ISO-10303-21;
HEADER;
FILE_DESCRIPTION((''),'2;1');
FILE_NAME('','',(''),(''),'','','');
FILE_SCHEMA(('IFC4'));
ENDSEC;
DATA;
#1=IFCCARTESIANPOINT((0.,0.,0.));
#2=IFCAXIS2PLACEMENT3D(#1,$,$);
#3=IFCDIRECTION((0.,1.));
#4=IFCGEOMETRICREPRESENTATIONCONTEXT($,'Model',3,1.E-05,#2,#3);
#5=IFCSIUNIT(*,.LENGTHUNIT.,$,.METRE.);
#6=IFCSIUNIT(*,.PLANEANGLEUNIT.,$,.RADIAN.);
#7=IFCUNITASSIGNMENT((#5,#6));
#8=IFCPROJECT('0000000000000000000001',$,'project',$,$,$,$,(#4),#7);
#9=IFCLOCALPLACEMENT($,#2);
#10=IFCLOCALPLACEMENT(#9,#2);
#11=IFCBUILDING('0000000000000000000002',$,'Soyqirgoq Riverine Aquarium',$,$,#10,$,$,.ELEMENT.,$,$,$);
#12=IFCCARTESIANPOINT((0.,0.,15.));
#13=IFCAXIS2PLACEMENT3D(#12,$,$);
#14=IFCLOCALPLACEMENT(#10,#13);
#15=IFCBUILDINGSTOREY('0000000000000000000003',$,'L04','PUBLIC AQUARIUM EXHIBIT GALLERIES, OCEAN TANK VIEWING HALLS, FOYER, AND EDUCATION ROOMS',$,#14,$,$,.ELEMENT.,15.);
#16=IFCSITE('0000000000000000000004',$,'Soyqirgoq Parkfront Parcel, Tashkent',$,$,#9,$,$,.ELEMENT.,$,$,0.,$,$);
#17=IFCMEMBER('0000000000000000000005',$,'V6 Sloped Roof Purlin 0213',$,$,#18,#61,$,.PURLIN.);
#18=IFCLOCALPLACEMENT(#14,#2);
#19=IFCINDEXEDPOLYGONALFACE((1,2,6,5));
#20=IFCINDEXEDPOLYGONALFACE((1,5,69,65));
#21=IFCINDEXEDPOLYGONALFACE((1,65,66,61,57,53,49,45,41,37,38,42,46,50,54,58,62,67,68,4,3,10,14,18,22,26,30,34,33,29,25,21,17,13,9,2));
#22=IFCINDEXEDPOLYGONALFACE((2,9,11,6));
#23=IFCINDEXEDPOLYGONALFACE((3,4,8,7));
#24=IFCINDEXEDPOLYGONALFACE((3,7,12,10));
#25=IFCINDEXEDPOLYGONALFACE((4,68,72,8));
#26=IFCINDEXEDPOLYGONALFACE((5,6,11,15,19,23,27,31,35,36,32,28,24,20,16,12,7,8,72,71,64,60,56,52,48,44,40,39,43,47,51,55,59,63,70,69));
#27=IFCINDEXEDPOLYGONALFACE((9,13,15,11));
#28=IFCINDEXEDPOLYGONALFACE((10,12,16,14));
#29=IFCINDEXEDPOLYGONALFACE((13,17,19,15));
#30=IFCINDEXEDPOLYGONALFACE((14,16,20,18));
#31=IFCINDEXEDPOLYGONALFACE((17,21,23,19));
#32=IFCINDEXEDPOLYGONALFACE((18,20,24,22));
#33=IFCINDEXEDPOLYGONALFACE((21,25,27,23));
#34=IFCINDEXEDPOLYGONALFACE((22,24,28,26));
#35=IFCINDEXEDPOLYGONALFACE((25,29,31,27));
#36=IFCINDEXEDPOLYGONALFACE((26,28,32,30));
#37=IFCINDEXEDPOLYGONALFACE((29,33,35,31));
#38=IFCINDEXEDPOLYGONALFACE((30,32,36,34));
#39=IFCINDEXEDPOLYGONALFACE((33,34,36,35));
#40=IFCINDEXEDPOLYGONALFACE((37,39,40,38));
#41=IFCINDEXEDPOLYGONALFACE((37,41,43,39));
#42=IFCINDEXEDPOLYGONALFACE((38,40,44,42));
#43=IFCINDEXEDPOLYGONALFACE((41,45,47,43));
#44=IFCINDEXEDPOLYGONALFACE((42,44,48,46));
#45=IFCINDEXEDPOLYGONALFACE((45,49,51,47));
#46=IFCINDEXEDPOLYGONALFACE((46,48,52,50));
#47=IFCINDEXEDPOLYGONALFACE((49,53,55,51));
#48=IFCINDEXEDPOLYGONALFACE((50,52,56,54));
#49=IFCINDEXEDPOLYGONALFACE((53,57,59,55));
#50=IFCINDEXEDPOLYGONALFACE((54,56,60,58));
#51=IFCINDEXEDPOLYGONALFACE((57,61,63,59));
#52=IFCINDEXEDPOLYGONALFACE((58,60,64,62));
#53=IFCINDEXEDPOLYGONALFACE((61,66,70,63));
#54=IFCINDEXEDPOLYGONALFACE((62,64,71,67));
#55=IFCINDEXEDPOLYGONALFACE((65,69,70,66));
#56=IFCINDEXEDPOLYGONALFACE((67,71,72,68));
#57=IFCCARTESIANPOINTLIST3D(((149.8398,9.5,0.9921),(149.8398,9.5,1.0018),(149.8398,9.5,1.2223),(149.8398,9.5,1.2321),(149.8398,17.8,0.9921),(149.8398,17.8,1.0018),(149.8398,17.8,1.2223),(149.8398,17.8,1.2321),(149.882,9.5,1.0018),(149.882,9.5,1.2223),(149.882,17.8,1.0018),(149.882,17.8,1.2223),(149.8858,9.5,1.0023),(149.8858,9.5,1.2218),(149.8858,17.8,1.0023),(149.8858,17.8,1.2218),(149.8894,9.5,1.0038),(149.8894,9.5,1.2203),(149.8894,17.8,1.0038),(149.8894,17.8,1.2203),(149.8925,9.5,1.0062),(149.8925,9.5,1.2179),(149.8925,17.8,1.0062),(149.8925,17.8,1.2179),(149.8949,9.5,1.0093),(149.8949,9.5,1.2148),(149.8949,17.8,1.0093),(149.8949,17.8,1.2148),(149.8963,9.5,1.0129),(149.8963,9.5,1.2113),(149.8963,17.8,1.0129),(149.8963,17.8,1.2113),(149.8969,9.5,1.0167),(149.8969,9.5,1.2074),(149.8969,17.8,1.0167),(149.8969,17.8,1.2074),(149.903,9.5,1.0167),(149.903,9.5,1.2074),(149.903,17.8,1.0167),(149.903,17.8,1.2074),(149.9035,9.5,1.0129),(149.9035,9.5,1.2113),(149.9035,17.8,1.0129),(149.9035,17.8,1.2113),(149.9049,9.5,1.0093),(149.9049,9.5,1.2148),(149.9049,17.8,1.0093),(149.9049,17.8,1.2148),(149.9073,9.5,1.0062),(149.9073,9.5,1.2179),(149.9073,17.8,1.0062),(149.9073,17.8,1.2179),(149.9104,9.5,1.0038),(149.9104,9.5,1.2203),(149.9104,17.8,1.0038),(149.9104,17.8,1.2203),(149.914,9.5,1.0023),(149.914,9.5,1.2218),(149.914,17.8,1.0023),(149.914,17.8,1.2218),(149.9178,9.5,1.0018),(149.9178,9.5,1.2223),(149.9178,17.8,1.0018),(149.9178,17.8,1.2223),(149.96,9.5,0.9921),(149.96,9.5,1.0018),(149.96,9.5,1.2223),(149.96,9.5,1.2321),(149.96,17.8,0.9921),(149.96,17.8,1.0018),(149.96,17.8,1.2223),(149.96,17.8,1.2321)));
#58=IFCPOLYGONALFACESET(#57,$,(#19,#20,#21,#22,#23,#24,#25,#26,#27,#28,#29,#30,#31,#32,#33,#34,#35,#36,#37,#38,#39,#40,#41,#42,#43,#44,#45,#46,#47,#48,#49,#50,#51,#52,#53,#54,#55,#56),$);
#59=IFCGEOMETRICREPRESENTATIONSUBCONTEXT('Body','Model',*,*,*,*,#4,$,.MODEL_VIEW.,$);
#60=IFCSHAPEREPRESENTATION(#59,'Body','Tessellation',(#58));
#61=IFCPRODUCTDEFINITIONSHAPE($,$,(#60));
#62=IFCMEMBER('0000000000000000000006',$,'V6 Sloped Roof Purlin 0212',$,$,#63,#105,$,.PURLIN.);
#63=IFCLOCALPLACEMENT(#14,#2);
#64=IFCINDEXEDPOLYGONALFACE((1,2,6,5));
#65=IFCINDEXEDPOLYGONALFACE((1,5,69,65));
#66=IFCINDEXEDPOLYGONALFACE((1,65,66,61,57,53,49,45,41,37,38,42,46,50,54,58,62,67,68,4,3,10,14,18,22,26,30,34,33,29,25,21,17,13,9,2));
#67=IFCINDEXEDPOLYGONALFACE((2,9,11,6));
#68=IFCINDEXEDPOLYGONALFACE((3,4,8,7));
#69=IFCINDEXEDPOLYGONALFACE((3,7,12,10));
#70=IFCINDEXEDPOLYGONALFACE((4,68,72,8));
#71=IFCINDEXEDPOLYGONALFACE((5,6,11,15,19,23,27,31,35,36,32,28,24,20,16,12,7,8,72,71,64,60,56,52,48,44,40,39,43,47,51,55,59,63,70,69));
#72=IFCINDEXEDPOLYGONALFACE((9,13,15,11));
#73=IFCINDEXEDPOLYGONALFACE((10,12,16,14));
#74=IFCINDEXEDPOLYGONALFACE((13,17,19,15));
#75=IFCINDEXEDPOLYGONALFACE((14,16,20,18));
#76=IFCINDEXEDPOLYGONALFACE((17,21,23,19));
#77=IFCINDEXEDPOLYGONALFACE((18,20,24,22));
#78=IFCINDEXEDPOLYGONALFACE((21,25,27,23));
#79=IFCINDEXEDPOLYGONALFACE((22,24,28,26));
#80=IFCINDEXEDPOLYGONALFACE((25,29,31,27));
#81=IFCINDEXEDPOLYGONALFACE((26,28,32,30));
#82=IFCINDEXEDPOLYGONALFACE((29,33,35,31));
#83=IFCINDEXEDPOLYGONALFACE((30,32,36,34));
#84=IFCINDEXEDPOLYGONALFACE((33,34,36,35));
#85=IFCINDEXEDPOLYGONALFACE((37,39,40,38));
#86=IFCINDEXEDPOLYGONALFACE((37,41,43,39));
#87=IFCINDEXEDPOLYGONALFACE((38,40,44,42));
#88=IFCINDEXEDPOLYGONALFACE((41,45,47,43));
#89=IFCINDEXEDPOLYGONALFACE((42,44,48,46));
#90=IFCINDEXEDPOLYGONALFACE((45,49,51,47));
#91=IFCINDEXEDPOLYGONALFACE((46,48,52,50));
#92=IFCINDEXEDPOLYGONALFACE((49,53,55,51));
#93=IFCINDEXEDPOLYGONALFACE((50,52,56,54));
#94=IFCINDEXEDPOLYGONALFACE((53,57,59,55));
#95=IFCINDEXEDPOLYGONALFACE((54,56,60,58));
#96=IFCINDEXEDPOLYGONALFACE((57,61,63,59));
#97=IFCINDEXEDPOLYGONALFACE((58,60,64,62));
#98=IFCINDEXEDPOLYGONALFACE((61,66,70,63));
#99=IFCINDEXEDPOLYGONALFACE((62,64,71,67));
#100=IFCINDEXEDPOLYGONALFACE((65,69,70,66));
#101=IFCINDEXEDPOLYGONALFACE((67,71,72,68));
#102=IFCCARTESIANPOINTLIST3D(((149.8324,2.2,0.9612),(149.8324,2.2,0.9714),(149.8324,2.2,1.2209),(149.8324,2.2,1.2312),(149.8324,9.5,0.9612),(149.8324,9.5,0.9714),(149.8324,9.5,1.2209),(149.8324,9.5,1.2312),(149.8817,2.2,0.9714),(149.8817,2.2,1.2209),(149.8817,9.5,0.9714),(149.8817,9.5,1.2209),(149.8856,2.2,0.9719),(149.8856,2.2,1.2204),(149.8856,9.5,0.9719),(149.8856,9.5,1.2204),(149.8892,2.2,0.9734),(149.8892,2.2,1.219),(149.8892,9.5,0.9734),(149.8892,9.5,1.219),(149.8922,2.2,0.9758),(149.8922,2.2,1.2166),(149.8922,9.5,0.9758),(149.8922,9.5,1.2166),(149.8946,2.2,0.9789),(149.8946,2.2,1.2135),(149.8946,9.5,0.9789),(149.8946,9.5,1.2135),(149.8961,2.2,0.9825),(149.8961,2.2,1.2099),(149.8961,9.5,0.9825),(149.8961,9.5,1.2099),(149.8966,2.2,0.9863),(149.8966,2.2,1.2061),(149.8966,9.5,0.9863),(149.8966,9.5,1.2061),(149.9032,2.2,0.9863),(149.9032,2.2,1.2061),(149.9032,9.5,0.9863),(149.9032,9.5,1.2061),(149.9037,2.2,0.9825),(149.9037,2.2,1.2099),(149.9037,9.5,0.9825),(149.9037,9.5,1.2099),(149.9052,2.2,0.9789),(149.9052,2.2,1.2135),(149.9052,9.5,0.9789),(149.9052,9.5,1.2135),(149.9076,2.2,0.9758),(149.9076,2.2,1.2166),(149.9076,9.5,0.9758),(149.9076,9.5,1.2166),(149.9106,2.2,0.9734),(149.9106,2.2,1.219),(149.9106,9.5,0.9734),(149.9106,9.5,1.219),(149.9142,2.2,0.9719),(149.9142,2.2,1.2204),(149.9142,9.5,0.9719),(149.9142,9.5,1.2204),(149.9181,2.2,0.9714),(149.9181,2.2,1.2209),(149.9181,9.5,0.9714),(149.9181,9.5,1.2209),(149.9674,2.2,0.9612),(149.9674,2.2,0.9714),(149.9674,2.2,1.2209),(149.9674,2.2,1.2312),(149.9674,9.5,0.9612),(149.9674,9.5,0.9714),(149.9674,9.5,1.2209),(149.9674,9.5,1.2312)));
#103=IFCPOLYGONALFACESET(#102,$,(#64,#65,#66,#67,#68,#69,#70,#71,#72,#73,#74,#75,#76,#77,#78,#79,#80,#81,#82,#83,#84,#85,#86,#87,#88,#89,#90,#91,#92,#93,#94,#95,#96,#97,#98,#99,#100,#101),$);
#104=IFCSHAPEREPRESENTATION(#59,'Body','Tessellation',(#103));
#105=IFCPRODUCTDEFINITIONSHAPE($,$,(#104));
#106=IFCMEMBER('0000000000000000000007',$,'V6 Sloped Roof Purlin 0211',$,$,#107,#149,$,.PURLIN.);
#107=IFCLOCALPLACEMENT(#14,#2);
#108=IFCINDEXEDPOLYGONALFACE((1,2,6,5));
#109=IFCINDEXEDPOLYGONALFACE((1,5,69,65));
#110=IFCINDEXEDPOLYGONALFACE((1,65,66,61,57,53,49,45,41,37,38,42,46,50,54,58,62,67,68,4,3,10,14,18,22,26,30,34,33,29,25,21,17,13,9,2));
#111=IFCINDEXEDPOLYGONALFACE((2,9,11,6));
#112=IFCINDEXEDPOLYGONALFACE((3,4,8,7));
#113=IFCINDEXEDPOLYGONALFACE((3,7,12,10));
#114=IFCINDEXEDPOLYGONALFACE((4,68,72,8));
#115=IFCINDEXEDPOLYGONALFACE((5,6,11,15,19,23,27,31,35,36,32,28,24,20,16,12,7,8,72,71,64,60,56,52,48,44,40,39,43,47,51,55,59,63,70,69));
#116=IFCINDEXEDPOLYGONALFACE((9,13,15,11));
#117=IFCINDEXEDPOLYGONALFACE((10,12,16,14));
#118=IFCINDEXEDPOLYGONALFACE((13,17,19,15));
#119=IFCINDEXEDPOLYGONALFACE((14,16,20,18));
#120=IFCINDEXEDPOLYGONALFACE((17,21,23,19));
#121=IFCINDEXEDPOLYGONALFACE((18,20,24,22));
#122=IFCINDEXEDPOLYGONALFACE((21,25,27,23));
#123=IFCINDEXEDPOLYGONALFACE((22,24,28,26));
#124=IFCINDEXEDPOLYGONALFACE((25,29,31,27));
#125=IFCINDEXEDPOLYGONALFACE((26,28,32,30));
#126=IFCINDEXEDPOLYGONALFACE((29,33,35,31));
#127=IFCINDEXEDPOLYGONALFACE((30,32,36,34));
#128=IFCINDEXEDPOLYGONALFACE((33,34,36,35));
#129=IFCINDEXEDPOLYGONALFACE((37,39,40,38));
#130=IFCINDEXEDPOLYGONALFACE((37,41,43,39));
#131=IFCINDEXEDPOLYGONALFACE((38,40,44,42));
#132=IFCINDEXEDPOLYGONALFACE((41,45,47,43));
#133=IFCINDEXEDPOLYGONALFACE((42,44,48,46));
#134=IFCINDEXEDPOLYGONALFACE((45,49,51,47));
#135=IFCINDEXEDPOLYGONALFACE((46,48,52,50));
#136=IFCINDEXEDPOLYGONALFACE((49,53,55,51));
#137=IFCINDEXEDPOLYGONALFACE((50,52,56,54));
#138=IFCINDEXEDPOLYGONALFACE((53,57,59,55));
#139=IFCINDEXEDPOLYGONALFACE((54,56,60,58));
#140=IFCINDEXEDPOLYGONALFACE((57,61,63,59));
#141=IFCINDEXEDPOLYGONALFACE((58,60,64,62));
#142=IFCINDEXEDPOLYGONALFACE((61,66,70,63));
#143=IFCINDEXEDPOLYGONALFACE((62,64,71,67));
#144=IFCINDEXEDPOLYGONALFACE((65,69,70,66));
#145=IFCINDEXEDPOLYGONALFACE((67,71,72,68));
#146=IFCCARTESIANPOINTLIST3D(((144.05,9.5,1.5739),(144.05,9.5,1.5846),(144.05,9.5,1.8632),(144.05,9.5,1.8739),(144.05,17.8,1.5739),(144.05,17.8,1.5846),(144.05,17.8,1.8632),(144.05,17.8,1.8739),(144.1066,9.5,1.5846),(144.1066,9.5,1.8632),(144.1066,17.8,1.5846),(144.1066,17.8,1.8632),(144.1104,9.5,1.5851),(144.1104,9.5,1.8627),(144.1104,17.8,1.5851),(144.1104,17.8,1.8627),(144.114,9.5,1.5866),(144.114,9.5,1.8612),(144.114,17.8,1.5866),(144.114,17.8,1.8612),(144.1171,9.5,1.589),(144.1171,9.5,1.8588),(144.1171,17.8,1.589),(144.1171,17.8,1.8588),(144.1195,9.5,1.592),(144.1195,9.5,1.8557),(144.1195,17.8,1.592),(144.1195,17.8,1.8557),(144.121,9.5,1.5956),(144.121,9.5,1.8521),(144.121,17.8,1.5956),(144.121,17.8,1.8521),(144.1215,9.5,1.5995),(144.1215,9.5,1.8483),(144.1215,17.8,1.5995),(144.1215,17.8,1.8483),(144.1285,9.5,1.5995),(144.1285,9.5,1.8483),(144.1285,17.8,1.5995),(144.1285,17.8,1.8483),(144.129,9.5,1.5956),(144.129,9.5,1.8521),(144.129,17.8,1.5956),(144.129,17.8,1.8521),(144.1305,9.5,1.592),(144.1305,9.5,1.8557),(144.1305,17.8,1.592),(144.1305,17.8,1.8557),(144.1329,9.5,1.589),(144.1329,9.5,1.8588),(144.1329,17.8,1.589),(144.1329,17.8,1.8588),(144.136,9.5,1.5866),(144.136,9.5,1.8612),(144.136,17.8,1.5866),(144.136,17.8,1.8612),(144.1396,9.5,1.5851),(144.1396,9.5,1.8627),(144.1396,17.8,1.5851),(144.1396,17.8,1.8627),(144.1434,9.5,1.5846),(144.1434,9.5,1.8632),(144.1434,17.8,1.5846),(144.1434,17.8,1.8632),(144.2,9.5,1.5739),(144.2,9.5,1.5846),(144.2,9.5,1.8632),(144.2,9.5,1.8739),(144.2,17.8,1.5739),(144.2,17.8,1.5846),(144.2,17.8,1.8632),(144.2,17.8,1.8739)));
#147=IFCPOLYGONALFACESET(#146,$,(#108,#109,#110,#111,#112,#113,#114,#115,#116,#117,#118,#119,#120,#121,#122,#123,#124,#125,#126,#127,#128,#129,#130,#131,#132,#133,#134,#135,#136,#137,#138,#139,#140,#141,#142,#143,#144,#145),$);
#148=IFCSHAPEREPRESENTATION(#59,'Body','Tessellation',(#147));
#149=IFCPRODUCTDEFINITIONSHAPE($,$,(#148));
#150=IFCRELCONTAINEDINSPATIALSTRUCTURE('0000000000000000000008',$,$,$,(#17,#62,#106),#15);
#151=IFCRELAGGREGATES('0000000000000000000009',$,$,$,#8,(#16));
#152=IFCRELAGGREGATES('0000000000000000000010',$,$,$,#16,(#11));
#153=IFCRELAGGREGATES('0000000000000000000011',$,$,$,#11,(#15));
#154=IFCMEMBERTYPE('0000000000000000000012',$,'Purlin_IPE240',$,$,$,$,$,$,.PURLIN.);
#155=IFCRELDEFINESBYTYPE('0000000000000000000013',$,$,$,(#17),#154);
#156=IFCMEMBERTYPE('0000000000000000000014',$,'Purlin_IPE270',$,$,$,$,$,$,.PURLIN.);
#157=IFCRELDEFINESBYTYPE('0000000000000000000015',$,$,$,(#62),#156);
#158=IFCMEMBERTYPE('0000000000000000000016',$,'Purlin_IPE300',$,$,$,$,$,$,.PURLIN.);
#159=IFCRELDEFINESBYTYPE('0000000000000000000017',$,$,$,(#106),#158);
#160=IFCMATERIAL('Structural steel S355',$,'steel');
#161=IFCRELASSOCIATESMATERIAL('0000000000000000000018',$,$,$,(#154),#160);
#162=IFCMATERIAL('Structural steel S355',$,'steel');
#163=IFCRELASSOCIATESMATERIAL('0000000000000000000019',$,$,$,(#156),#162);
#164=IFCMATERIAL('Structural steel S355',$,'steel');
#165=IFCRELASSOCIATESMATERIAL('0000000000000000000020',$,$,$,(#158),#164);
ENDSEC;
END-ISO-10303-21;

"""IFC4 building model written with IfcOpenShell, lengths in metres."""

from ifc_helpers import new_model, si_unit, direction, frame, origin, origin_2d, place, context, subcontext, project, spatial, i_section, extrude, material, material_profile, profile_set, type_object, element, save


model = new_model("IFC4")

# Units and contexts
model_context = context("Model", 3, precision=1e-05, world=origin(), true_north=direction((0.0, 1.0)))
body_context = subcontext(model_context, "Body", "Model", "MODEL_VIEW")
ifc_project = project(units=[si_unit("LENGTHUNIT", "METRE"), si_unit("PLANEANGLEUNIT", "RADIAN")], contexts=[model_context])

# Site, building, storey
site_placement = place(None, origin())
site = spatial("IfcSite", under=ifc_project, at=site_placement, Name="Soyqirgoq Parkfront Parcel, Tashkent", CompositionType="ELEMENT", RefElevation=0.0)
building_placement = place(site_placement, origin())
building = spatial("IfcBuilding", under=site, at=building_placement, Name="Soyqirgoq Riverine Aquarium", CompositionType="ELEMENT")
storey_placement = place(building_placement, frame((0.0, 0.0, 15.0)))
storey = spatial("IfcBuildingStorey", under=building, at=storey_placement, Name="L04", Description="PUBLIC AQUARIUM EXHIBIT GALLERIES, OCEAN TANK VIEWING HALLS, FOYER, AND EDUCATION ROOMS", CompositionType="ELEMENT", Elevation=15.0)

# Members
ifc_material_1 = material(Name="Structural steel S355", Category="steel")
ifc_material_profile_1 = material_profile(ifc_material_1, i_section(OverallWidth=0.1201, OverallDepth=0.24, WebThickness=0.0061, FlangeThickness=0.0098, FilletRadius=0.0149, at=origin_2d()), Name="IPE 240")
ifc_profile_set_1 = profile_set([ifc_material_profile_1], Name="Structural steel S355")
member_type_1 = type_object("IfcMemberType", Name="Purlin_IPE240", PredefinedType="PURLIN", material=ifc_profile_set_1)
member_1_placement = place(storey_placement, frame((149.8999, 9.5, 1.1121), z_axis=(0.0, 1.0, 0.0), x_axis=(-1.0, 0.0, 0.0)))
element("IfcMember", 1, at=member_1_placement, inside=storey, type_object=member_type_1, Name="V6 Sloped Roof Purlin 0213", PredefinedType="PURLIN", context=body_context, shape_type="SweptSolid", body=[
    extrude(i_section(OverallWidth=0.1201, OverallDepth=0.24, WebThickness=0.0061, FlangeThickness=0.0098, FilletRadius=0.0149, at=origin_2d()), origin(), (0.0, 0.0, 1.0), 8.3),
])
ifc_material_2 = material(Name="Structural steel S355", Category="steel")
ifc_material_profile_2 = material_profile(ifc_material_2, i_section(OverallWidth=0.135, OverallDepth=0.27, WebThickness=0.0066, FlangeThickness=0.0103, FilletRadius=0.0149, at=origin_2d()), Name="IPE 270")
ifc_profile_set_2 = profile_set([ifc_material_profile_2], Name="Structural steel S355")
member_type_2 = type_object("IfcMemberType", Name="Purlin_IPE270", PredefinedType="PURLIN", material=ifc_profile_set_2)
member_2_placement = place(storey_placement, frame((149.8999, 2.2, 1.0962), z_axis=(0.0, 1.0, 0.0), x_axis=(-1.0, 0.0, 0.0)))
element("IfcMember", 2, at=member_2_placement, inside=storey, type_object=member_type_2, Name="V6 Sloped Roof Purlin 0212", PredefinedType="PURLIN", context=body_context, shape_type="SweptSolid", body=[
    extrude(i_section(OverallWidth=0.135, OverallDepth=0.27, WebThickness=0.0066, FlangeThickness=0.0103, FilletRadius=0.0149, at=origin_2d()), origin(), (0.0, 0.0, 1.0), 7.3),
])
ifc_material_3 = material(Name="Structural steel S355", Category="steel")
ifc_material_profile_3 = material_profile(ifc_material_3, i_section(OverallWidth=0.1499, OverallDepth=0.3, WebThickness=0.0071, FlangeThickness=0.0107, FilletRadius=0.0149, at=origin_2d()), Name="IPE 300")
ifc_profile_set_3 = profile_set([ifc_material_profile_3], Name="Structural steel S355")
member_type_3 = type_object("IfcMemberType", Name="Purlin_IPE300", PredefinedType="PURLIN", material=ifc_profile_set_3)
member_3_placement = place(storey_placement, frame((144.125, 9.5, 1.7239), z_axis=(0.0, 1.0, 0.0), x_axis=(-1.0, 0.0, 0.0)))
element("IfcMember", 3, at=member_3_placement, inside=storey, type_object=member_type_3, Name="V6 Sloped Roof Purlin 0211", PredefinedType="PURLIN", context=body_context, shape_type="SweptSolid", body=[
    extrude(i_section(OverallWidth=0.1499, OverallDepth=0.3, WebThickness=0.0071, FlangeThickness=0.0107, FilletRadius=0.0149, at=origin_2d()), origin(), (0.0, 0.0, 1.0), 8.3),
])

save(model, "model.ifc")
